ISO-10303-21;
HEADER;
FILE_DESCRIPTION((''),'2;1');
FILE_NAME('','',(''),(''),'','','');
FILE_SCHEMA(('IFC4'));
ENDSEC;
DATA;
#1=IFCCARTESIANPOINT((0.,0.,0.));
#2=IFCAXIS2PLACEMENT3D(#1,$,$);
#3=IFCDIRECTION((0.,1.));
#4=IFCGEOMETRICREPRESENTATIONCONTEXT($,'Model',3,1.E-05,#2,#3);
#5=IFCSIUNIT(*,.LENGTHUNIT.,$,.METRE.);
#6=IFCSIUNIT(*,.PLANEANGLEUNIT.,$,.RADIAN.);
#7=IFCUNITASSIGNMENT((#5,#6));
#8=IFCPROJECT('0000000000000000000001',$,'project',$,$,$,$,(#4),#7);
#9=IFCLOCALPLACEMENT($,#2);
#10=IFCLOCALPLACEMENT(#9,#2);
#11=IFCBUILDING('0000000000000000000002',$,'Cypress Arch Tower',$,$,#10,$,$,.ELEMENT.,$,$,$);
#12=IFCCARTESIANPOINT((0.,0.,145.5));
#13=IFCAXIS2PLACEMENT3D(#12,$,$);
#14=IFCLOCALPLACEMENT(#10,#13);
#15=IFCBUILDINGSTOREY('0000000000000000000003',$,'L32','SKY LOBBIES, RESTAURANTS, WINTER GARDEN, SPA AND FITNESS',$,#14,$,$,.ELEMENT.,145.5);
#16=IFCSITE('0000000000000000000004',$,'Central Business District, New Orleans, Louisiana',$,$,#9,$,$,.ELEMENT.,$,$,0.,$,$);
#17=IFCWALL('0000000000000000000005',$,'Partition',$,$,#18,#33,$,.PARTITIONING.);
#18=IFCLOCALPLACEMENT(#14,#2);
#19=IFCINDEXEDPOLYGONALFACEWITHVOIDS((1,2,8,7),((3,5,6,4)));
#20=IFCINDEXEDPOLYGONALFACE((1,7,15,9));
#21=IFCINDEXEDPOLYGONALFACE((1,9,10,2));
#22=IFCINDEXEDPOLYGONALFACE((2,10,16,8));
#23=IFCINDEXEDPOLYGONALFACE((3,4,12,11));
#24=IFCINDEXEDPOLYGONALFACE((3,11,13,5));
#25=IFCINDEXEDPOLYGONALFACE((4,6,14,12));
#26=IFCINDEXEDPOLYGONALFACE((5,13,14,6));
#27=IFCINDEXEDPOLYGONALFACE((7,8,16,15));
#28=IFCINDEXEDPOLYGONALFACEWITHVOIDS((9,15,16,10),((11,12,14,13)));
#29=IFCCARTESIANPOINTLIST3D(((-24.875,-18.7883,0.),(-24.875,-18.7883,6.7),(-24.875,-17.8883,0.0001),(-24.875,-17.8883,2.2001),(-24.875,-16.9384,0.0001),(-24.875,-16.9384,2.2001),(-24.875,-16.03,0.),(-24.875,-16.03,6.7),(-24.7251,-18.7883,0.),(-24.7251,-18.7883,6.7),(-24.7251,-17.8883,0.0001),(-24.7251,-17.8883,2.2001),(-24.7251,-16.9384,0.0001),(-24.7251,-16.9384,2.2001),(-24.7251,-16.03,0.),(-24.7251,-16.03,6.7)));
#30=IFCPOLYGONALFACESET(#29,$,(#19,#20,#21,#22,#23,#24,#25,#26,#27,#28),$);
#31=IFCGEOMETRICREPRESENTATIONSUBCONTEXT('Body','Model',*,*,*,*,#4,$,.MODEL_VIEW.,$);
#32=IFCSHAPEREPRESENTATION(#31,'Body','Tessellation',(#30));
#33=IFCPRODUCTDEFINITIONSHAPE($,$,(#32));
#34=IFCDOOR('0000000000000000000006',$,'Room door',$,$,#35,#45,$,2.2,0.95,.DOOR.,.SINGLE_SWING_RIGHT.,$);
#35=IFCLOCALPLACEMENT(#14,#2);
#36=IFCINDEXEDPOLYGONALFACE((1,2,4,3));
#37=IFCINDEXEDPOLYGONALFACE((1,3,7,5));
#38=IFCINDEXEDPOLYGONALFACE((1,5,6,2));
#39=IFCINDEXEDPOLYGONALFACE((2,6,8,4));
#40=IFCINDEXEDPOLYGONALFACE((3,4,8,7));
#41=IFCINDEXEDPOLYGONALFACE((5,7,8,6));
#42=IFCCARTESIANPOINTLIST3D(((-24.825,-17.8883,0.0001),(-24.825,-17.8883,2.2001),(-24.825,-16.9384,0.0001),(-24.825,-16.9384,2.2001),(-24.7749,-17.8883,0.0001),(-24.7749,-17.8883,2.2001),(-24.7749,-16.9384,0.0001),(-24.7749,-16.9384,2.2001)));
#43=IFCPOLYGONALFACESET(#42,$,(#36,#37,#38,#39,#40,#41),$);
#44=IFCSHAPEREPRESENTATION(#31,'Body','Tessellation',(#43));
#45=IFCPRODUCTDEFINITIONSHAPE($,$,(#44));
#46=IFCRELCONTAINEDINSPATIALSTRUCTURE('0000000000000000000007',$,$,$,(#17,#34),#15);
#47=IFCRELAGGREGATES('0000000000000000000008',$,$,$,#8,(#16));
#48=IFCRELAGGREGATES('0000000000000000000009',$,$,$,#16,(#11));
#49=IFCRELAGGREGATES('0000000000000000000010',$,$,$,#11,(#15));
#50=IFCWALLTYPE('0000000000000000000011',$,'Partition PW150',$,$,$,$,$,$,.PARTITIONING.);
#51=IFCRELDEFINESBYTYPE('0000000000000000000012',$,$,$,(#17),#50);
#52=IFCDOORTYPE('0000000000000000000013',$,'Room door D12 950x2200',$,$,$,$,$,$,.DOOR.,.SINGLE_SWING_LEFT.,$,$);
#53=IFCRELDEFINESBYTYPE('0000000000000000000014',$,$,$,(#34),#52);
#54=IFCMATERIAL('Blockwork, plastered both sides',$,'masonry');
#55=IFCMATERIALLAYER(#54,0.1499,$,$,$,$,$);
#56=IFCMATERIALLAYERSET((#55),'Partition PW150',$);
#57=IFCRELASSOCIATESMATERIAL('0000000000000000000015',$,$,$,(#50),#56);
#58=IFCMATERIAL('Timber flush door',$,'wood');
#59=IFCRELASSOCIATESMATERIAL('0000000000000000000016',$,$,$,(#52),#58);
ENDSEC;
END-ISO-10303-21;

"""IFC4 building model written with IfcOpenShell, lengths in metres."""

from ifc_helpers import new_model, si_unit, direction, frame, frame_2d, origin, place, context, subcontext, project, spatial, rectangle, extrude, material, layer, layer_set, type_object, element, fill, save


model = new_model("IFC4")

# Units and contexts
model_context = context("Model", 3, precision=1e-05, world=origin(), true_north=direction((0.0, 1.0)))
body_context = subcontext(model_context, "Body", "Model", "MODEL_VIEW")
ifc_project = project(units=[si_unit("LENGTHUNIT", "METRE"), si_unit("PLANEANGLEUNIT", "RADIAN")], contexts=[model_context])

# Site, building, storey
site_placement = place(None, origin())
site = spatial("IfcSite", under=ifc_project, at=site_placement, Name="Central Business District, New Orleans, Louisiana", CompositionType="ELEMENT", RefElevation=0.0)
building_placement = place(site_placement, origin())
building = spatial("IfcBuilding", under=site, at=building_placement, Name="Cypress Arch Tower", CompositionType="ELEMENT")
storey_placement = place(building_placement, frame((0.0, 0.0, 145.5)))
storey = spatial("IfcBuildingStorey", under=building, at=storey_placement, Name="L32", Description="SKY LOBBIES, RESTAURANTS, WINTER GARDEN, SPA AND FITNESS", CompositionType="ELEMENT", Elevation=145.5)

# Wall, opening, door
ifc_material_1 = material(Name="Blockwork, plastered both sides", Category="masonry")
ifc_layer_1 = layer(ifc_material_1, 0.1499)
ifc_layer_set_1 = layer_set([ifc_layer_1], Name="Partition PW150")
wall_type_1 = type_object("IfcWallType", Name="Partition PW150", PredefinedType="PARTITIONING", material=ifc_layer_set_1)
wall_1_placement = place(storey_placement, frame((-24.8, -18.7883, 0.0), z_axis=(0.0, 0.0, 1.0), x_axis=(0.0, 1.0, 0.0)))
wall_1 = element("IfcWall", 1, at=wall_1_placement, inside=storey, type_object=wall_type_1, Name="Partition", PredefinedType="PARTITIONING", context=body_context, shape_type="SweptSolid", body=[
    extrude(rectangle(XDim=2.7583, YDim=0.1499, at=frame_2d((1.3792, 0.0))), origin(), (0.0, 0.0, 1.0), 6.7),
])
opening_placement = place(wall_1_placement, frame((0.8999, 0.0, 0.0)))
opening = element("IfcOpeningElement", 2, at=opening_placement, cuts=wall_1, PredefinedType="OPENING", context=body_context, shape_type="SweptSolid", body=[
    extrude(rectangle(XDim=0.95, YDim=2.2, at=frame_2d((0.4751, 1.1001))), frame((0.0, 0.085, 0.0), z_axis=(0.0, -1.0, 0.0), x_axis=(1.0, 0.0, 0.0)), (0.0, 0.0, 1.0), 0.1699),
])
ifc_material_2 = material(Name="Timber flush door", Category="wood")
door_type = type_object("IfcDoorType", Name="Room door D12 950x2200", OperationType="SINGLE_SWING_LEFT", PredefinedType="DOOR", material=ifc_material_2)
door_placement = place(opening_placement, origin())
door = element("IfcDoor", 3, at=door_placement, inside=storey, type_object=door_type, Name="Room door", OperationType="SINGLE_SWING_RIGHT", OverallHeight=2.2, OverallWidth=0.95, PredefinedType="DOOR", context=body_context, shape_type="SweptSolid", body=[
    extrude(rectangle(XDim=0.95, YDim=2.2, at=frame_2d((0.4751, 1.1001))), frame((0.0, 0.0249, 0.0), z_axis=(0.0, -1.0, 0.0), x_axis=(1.0, 0.0, 0.0)), (0.0, 0.0, 1.0), 0.05),
])
fill(opening, door)

save(model, "model.ifc")
